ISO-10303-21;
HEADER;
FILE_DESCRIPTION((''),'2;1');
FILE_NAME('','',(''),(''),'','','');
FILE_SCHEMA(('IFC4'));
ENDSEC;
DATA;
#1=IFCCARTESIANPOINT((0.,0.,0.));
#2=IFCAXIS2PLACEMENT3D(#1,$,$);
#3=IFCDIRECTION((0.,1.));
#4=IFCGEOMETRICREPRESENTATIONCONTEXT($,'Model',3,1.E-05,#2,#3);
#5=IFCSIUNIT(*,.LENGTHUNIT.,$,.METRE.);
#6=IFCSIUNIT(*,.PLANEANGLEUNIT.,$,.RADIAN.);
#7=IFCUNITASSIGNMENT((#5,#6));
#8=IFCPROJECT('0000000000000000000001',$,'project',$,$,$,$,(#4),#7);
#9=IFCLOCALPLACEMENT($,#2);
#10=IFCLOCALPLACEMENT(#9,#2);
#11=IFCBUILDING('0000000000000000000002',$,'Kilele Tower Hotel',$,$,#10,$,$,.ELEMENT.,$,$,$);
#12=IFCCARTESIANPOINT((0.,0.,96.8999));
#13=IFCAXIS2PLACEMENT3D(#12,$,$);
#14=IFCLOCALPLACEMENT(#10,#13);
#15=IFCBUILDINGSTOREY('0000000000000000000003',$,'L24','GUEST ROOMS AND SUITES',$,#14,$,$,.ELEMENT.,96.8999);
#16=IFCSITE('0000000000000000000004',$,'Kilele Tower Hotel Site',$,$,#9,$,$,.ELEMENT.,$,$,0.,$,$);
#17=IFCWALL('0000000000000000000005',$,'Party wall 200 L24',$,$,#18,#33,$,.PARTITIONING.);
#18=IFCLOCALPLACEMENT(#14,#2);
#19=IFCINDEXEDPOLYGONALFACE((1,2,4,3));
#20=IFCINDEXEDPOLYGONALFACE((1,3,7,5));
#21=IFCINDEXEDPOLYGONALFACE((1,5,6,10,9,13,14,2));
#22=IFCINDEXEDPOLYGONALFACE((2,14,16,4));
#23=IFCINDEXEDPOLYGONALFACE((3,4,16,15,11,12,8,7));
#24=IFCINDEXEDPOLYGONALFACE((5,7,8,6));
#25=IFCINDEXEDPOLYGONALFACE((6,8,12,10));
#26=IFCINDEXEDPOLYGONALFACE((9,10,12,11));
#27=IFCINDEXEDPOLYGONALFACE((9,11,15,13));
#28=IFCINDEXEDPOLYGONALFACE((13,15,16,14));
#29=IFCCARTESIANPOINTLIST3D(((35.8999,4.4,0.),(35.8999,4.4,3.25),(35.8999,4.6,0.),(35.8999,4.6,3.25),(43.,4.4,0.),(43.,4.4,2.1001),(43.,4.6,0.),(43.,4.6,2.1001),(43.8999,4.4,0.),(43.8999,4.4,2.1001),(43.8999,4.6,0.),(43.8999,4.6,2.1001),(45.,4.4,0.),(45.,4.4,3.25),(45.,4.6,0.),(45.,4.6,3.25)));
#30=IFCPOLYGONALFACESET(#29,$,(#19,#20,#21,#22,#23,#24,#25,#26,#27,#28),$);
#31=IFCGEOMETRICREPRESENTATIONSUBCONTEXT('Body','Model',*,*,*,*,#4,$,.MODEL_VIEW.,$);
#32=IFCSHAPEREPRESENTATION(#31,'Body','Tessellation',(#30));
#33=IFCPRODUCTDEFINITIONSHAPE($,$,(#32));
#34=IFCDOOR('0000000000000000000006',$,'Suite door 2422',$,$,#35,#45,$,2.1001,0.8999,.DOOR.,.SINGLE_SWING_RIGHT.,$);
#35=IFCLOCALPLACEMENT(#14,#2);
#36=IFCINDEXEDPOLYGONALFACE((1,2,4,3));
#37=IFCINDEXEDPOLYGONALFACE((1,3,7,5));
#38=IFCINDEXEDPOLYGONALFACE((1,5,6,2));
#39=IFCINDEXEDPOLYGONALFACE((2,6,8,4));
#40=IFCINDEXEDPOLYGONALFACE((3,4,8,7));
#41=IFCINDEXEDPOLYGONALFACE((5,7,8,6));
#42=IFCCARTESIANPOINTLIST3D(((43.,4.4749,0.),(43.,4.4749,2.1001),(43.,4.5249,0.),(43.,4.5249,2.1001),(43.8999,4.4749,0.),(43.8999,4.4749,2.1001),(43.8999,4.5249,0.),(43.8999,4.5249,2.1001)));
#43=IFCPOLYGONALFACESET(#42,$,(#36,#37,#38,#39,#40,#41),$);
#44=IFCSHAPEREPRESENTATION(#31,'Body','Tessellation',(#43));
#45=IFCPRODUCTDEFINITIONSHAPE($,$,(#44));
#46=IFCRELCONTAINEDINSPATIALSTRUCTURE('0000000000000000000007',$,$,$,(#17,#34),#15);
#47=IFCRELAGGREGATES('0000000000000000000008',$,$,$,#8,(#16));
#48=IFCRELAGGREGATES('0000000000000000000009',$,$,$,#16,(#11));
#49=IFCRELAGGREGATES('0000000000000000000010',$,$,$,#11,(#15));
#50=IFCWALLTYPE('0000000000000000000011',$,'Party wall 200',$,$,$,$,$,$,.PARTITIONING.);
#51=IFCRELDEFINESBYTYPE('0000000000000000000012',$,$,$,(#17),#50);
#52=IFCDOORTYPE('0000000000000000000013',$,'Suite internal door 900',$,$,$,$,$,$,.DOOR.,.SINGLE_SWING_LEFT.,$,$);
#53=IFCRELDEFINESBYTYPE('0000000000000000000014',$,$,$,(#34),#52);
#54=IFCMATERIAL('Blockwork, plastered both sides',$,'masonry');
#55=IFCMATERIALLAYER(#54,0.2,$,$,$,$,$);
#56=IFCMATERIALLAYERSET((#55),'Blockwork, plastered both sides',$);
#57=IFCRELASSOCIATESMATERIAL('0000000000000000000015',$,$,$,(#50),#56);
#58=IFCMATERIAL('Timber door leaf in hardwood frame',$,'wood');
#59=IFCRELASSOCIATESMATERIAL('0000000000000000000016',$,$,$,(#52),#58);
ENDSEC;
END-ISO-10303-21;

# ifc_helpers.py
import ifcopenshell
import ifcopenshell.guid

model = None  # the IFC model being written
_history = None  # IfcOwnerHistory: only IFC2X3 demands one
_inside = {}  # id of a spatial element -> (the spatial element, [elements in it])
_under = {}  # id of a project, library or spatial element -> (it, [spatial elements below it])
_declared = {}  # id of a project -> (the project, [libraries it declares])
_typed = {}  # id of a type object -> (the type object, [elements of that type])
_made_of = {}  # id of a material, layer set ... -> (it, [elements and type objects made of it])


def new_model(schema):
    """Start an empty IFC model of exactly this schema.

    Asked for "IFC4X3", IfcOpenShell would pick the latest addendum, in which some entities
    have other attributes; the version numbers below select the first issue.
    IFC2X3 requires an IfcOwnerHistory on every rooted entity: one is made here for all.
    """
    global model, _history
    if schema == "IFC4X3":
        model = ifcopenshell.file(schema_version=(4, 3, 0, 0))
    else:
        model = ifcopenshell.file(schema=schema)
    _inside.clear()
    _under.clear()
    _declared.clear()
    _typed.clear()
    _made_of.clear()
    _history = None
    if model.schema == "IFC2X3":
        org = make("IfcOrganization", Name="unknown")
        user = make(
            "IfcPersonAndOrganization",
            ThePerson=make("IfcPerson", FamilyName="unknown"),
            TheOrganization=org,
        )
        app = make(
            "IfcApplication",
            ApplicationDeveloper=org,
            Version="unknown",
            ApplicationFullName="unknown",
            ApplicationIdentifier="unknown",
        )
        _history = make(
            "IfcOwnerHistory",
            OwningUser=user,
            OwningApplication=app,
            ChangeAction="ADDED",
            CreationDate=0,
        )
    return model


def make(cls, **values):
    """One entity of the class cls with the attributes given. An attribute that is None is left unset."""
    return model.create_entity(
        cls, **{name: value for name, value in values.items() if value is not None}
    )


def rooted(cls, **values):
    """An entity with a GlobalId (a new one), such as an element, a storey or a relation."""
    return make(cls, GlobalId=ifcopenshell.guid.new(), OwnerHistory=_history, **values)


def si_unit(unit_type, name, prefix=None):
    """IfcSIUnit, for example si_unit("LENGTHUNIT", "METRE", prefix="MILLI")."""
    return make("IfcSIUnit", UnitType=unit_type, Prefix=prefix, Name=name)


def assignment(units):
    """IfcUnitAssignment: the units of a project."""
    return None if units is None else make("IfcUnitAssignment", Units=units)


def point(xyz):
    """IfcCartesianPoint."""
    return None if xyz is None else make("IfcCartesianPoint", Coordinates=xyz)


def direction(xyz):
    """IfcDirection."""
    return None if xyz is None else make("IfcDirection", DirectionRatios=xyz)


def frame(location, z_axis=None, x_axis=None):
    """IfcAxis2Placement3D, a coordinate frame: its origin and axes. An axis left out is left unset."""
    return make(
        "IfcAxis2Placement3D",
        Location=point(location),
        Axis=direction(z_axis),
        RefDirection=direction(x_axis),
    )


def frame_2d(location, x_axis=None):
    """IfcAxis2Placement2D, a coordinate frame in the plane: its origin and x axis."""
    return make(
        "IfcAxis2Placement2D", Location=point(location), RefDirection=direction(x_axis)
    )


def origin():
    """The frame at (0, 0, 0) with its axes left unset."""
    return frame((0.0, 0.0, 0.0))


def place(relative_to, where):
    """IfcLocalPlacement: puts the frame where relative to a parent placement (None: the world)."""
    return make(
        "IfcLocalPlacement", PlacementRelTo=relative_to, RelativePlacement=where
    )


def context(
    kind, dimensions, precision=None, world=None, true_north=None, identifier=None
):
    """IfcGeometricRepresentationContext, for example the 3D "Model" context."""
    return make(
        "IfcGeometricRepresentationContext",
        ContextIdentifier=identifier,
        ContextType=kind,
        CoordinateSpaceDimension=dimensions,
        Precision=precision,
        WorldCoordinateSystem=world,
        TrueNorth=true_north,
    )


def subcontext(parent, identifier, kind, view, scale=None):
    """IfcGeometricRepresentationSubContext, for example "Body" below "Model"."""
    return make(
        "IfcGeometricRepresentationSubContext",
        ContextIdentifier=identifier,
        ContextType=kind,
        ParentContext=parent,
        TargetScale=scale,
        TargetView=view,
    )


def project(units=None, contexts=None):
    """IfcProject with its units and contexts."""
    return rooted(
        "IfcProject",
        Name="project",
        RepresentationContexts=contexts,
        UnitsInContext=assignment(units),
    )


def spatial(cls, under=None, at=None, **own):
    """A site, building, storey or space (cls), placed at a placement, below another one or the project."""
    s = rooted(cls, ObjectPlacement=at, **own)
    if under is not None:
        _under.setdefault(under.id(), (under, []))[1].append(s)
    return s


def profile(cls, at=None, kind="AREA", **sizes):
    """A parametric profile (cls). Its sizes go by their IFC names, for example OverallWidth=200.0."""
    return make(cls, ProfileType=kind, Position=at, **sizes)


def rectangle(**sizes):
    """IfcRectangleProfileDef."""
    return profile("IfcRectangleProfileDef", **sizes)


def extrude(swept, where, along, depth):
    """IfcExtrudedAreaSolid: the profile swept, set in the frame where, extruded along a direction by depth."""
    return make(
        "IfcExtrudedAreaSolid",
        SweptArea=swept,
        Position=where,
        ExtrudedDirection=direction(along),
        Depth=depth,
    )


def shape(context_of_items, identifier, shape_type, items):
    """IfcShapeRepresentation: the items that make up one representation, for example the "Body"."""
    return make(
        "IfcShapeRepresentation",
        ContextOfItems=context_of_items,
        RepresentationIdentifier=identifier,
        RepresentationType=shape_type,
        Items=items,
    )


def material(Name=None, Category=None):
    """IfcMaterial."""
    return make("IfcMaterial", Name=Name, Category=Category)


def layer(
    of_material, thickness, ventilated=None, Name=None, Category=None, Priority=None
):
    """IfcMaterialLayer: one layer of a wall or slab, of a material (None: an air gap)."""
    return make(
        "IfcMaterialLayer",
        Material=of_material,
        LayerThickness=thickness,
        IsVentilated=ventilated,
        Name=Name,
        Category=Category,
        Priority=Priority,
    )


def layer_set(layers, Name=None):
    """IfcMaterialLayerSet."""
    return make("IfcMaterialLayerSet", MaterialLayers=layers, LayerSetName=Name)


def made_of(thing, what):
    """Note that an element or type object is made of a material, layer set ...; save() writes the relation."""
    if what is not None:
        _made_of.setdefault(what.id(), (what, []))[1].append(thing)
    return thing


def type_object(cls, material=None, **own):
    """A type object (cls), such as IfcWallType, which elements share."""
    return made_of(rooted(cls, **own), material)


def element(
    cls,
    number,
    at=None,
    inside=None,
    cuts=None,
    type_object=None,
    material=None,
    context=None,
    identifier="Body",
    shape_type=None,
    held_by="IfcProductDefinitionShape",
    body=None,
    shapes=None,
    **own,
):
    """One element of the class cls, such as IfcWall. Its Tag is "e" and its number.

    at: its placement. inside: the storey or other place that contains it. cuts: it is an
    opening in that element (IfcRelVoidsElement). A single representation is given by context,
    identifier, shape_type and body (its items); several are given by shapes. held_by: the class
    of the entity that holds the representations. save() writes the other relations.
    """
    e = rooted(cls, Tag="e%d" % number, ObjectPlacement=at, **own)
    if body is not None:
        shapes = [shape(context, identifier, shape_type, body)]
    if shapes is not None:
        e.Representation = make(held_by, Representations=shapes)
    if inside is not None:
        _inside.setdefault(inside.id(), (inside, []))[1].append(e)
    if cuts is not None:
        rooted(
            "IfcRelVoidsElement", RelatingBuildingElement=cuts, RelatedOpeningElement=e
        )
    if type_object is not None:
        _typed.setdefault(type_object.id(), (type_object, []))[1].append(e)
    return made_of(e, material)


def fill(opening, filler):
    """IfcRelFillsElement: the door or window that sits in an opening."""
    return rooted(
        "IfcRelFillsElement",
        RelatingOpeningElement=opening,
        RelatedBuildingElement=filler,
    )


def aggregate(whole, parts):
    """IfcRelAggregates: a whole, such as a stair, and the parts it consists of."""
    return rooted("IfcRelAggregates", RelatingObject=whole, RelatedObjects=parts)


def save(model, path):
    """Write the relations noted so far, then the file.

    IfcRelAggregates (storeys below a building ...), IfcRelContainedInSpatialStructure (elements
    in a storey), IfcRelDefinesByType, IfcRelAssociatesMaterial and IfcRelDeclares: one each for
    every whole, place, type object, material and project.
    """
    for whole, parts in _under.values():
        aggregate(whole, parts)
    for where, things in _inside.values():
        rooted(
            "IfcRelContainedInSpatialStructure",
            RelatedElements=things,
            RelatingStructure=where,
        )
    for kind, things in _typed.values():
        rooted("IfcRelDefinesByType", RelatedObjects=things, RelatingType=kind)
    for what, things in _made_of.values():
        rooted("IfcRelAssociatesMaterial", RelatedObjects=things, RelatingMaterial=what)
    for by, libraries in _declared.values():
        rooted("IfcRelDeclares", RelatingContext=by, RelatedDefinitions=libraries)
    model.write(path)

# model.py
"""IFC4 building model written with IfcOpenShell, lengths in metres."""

from ifc_helpers import new_model, si_unit, direction, frame, frame_2d, origin, place, context, subcontext, project, spatial, rectangle, extrude, material, layer, layer_set, type_object, element, fill, save


model = new_model("IFC4")

# Units and contexts
model_context = context("Model", 3, precision=1e-05, world=origin(), true_north=direction((0.0, 1.0)))
body_context = subcontext(model_context, "Body", "Model", "MODEL_VIEW")
ifc_project = project(units=[si_unit("LENGTHUNIT", "METRE"), si_unit("PLANEANGLEUNIT", "RADIAN")], contexts=[model_context])

# Site, building, storey
site_placement = place(None, origin())
site = spatial("IfcSite", under=ifc_project, at=site_placement, Name="Kilele Tower Hotel Site", CompositionType="ELEMENT", RefElevation=0.0)
building_placement = place(site_placement, origin())
building = spatial("IfcBuilding", under=site, at=building_placement, Name="Kilele Tower Hotel", CompositionType="ELEMENT")
storey_placement = place(building_placement, frame((0.0, 0.0, 96.8999)))
storey = spatial("IfcBuildingStorey", under=building, at=storey_placement, Name="L24", Description="GUEST ROOMS AND SUITES", CompositionType="ELEMENT", Elevation=96.8999)

# Shared definitions
ifc_material_1 = material(Name="Blockwork, plastered both sides", Category="masonry")
ifc_layer_1 = layer(ifc_material_1, 0.2)
ifc_layer_set_1 = layer_set([ifc_layer_1], Name="Blockwork, plastered both sides")
wall_type_1 = type_object("IfcWallType", Name="Party wall 200", PredefinedType="PARTITIONING", material=ifc_layer_set_1)

# Wall, opening, door
wall_1_placement = place(storey_placement, frame((35.8999, 4.5, 0.0), z_axis=(0.0, 0.0, 1.0), x_axis=(1.0, 0.0, 0.0)))
wall_1 = element("IfcWall", 1, at=wall_1_placement, inside=storey, type_object=wall_type_1, Name="Party wall 200 L24", PredefinedType="PARTITIONING", context=body_context, shape_type="SweptSolid", body=[
    extrude(rectangle(XDim=9.1001, YDim=0.2, at=frame_2d((4.55, 0.0))), origin(), (0.0, 0.0, 1.0), 3.25),
])
opening_1_placement = place(wall_1_placement, frame((7.1001, 0.0, 0.0)))
opening_1 = element("IfcOpeningElement", 2, at=opening_1_placement, cuts=wall_1, PredefinedType="OPENING", context=body_context, shape_type="SweptSolid", body=[
    extrude(rectangle(XDim=0.8999, YDim=2.1001, at=frame_2d((0.45, 1.05))), frame((0.0, 0.1099, 0.0), z_axis=(0.0, -1.0, 0.0), x_axis=(1.0, 0.0, 0.0)), (0.0, 0.0, 1.0), 0.22),
])
ifc_material_2 = material(Name="Timber door leaf in hardwood frame", Category="wood")
door_type_1 = type_object("IfcDoorType", Name="Suite internal door 900", OperationType="SINGLE_SWING_LEFT", PredefinedType="DOOR", material=ifc_material_2)
door_1_placement = place(opening_1_placement, origin())
door_1 = element("IfcDoor", 3, at=door_1_placement, inside=storey, type_object=door_type_1, Name="Suite door 2422", OperationType="SINGLE_SWING_RIGHT", OverallHeight=2.1001, OverallWidth=0.8999, PredefinedType="DOOR", context=body_context, shape_type="SweptSolid", body=[
    extrude(rectangle(XDim=0.8999, YDim=2.1001, at=frame_2d((0.45, 1.05))), frame((0.0, 0.0249, 0.0), z_axis=(0.0, -1.0, 0.0), x_axis=(1.0, 0.0, 0.0)), (0.0, 0.0, 1.0), 0.05),
])
fill(opening_1, door_1)

save(model, "model.ifc")
